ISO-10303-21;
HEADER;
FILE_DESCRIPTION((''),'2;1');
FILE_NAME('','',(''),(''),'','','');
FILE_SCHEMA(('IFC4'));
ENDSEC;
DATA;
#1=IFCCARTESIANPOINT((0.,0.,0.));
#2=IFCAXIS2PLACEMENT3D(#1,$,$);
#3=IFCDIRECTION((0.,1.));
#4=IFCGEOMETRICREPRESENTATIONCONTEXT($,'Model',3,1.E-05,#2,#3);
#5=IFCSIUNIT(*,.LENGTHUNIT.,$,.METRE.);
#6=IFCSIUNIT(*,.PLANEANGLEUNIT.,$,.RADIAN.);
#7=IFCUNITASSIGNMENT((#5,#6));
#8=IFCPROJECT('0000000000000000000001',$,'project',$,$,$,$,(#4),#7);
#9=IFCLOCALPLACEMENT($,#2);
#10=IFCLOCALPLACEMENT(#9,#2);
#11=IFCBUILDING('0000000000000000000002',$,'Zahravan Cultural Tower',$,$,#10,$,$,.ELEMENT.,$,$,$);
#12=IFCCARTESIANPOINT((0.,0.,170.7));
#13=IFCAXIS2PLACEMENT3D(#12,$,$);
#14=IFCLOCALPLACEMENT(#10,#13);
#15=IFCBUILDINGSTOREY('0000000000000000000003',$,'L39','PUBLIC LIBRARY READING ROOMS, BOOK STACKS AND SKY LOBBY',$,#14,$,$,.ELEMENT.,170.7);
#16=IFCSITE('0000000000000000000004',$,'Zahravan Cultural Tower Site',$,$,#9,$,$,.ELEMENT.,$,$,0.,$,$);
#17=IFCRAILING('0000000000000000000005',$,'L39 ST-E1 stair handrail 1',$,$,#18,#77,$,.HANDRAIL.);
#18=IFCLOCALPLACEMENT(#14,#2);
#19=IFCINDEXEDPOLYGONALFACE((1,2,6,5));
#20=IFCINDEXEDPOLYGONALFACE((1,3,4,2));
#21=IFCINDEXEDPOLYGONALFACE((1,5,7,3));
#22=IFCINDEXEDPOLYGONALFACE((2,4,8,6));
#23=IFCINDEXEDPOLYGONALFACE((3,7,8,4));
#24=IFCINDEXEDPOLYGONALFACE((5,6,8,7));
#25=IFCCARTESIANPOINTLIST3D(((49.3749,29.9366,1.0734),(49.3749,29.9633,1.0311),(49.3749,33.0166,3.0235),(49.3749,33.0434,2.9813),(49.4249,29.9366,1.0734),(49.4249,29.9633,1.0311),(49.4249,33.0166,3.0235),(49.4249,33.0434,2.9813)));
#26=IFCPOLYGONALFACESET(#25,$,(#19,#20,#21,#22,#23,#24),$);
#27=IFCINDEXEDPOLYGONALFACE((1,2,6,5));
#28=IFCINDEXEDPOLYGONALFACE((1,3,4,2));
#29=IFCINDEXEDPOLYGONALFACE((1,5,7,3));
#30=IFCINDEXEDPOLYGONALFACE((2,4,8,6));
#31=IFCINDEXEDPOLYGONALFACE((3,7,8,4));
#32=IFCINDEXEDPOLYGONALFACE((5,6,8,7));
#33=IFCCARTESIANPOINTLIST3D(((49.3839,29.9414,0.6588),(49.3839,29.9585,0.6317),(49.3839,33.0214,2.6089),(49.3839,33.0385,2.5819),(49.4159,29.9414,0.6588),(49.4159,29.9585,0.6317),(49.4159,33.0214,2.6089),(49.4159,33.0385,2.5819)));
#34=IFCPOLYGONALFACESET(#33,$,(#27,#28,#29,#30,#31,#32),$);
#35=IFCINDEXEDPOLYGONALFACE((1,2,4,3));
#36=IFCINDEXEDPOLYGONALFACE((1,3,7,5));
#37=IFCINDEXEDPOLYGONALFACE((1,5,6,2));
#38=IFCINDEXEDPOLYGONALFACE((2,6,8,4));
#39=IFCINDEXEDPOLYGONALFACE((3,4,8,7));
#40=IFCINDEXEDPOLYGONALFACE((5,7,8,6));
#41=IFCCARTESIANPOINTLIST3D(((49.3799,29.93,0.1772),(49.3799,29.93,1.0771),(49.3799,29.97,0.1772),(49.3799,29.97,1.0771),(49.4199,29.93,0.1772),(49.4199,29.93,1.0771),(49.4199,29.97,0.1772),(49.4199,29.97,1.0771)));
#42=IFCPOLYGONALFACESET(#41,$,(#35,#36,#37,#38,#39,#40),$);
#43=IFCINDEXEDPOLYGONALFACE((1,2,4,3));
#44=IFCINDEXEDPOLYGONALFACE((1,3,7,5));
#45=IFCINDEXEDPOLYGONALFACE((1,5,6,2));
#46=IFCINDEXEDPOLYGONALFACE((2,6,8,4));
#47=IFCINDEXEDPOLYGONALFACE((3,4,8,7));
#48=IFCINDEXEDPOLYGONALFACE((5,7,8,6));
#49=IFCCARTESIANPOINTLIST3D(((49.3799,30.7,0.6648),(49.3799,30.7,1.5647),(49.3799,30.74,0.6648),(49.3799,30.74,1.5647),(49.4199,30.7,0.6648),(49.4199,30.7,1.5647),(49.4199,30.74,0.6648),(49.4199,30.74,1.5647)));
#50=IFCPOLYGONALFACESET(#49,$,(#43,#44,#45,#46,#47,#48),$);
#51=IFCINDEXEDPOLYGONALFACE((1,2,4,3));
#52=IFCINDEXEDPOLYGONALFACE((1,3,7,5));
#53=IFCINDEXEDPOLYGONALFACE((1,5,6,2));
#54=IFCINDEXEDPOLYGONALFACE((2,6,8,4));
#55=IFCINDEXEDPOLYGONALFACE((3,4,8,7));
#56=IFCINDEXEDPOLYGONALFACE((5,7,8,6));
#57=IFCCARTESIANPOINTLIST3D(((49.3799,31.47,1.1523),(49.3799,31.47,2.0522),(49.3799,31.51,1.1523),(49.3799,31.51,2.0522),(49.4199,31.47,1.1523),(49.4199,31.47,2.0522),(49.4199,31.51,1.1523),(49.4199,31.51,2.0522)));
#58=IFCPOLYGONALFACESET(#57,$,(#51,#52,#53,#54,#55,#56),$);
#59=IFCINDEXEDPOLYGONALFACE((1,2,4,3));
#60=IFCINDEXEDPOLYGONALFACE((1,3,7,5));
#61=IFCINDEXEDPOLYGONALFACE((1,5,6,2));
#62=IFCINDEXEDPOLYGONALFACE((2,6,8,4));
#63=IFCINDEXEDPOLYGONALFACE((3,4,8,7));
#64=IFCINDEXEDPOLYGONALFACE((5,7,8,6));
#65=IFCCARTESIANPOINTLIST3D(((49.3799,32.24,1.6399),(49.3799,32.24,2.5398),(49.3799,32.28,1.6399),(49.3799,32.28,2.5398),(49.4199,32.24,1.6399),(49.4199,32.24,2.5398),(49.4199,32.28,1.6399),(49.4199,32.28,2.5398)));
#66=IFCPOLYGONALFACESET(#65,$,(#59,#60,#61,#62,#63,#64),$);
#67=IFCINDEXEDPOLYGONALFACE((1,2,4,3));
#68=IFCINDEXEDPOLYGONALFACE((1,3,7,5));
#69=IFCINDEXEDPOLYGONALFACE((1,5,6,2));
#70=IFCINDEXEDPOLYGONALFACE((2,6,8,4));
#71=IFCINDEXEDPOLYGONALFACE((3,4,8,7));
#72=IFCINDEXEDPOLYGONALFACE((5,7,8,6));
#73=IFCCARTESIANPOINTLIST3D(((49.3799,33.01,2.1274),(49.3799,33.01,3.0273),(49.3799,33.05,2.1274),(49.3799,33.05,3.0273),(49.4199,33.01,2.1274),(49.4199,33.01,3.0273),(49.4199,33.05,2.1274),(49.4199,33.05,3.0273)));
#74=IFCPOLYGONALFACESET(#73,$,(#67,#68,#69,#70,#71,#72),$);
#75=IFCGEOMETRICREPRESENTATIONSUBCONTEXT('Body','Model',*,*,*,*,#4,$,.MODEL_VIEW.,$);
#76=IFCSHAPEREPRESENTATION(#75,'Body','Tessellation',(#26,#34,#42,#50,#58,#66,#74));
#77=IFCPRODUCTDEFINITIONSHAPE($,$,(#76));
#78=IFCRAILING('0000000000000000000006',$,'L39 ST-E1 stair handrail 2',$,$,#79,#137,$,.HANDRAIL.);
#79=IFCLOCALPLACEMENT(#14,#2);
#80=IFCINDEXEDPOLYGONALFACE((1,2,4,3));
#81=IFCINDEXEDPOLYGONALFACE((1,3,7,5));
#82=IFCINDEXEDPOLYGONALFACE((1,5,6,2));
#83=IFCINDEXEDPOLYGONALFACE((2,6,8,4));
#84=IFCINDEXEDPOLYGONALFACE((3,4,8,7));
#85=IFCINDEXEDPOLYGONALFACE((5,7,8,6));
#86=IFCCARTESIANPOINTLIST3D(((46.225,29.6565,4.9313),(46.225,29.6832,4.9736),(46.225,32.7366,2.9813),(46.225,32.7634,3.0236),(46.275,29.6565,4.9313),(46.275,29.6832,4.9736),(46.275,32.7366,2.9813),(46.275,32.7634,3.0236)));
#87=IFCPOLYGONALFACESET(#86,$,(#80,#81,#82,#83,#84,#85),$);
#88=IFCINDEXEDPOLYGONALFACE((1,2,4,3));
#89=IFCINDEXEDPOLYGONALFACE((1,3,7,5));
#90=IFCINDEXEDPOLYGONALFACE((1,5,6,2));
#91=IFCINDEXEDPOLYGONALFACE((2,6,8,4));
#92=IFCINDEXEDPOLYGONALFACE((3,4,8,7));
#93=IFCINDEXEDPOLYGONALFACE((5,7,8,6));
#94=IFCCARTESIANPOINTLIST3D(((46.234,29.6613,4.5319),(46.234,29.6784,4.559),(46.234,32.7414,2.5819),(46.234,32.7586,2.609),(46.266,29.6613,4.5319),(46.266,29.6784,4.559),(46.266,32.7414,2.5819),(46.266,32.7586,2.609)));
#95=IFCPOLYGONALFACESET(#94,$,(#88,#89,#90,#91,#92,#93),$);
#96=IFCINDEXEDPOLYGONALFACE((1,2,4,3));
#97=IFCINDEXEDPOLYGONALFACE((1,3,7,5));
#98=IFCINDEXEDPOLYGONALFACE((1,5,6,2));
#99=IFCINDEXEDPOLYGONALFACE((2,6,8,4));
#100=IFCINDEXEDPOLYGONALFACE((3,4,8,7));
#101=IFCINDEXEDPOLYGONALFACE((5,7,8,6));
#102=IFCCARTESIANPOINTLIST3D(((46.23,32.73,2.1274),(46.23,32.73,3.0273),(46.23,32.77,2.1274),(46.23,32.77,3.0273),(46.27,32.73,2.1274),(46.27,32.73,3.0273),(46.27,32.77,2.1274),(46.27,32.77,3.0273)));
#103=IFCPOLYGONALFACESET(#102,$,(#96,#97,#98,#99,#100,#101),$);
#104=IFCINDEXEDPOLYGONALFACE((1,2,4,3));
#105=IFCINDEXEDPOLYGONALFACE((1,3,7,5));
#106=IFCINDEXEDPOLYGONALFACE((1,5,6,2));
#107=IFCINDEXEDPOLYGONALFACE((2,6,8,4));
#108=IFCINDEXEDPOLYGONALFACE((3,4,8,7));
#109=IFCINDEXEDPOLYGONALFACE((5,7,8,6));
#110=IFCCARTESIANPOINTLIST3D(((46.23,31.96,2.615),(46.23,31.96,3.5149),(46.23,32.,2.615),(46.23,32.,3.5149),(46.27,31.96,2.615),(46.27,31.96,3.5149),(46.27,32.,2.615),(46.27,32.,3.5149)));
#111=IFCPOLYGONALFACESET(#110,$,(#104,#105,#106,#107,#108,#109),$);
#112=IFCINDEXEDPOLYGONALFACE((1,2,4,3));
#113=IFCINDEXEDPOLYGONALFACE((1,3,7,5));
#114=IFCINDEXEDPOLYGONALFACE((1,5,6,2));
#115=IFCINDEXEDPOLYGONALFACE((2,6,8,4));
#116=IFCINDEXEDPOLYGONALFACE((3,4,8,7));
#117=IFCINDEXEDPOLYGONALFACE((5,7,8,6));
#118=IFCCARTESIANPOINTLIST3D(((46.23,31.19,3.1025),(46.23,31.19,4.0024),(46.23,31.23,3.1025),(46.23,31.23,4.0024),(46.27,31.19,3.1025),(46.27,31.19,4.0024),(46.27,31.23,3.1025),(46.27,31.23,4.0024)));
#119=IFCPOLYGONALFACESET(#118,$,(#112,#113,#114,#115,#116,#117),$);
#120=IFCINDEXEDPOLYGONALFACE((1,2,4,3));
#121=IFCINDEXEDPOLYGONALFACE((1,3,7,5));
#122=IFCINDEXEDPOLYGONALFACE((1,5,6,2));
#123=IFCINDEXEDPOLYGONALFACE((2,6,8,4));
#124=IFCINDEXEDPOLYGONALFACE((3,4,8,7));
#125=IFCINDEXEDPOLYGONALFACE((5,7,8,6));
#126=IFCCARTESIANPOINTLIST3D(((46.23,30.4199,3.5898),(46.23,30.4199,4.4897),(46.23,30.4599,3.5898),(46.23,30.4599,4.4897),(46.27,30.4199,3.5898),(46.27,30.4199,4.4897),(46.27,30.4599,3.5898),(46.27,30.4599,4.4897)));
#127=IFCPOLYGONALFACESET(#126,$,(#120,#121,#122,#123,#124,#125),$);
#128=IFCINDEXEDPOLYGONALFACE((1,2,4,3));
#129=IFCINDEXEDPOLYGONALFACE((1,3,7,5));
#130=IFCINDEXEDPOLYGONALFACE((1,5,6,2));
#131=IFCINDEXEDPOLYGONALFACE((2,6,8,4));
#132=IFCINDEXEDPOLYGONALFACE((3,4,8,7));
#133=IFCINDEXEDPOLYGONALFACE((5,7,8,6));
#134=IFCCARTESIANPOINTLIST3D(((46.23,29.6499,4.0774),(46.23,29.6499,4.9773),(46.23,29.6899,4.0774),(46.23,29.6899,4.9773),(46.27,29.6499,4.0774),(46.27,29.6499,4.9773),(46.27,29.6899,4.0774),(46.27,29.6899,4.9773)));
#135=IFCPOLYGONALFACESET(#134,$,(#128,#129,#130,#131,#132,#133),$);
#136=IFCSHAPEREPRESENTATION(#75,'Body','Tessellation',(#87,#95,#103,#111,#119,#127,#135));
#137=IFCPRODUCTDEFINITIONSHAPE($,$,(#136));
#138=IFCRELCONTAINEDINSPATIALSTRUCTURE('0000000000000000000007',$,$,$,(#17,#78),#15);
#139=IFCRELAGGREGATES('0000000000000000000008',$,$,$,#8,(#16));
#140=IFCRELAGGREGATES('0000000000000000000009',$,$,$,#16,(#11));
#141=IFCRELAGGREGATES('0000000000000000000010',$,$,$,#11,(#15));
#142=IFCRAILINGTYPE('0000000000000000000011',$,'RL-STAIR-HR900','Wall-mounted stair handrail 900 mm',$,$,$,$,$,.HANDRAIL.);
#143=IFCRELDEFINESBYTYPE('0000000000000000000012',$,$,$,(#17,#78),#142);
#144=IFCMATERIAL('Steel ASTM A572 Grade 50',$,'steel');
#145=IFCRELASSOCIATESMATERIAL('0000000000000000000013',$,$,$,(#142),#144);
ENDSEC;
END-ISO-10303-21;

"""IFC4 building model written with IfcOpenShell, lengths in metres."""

from ifc_helpers import new_model, si_unit, direction, frame, origin, origin_2d, place, context, subcontext, project, spatial, rectangle, extrude, material, type_object, element, save


model = new_model("IFC4")

# Units and contexts
model_context = context("Model", 3, precision=1e-05, world=origin(), true_north=direction((0.0, 1.0)))
body_context = subcontext(model_context, "Body", "Model", "MODEL_VIEW")
ifc_project = project(units=[si_unit("LENGTHUNIT", "METRE"), si_unit("PLANEANGLEUNIT", "RADIAN")], contexts=[model_context])

# Site, building, storey
site_placement = place(None, origin())
site = spatial("IfcSite", under=ifc_project, at=site_placement, Name="Zahravan Cultural Tower Site", CompositionType="ELEMENT", RefElevation=0.0)
building_placement = place(site_placement, origin())
building = spatial("IfcBuilding", under=site, at=building_placement, Name="Zahravan Cultural Tower", CompositionType="ELEMENT")
storey_placement = place(building_placement, frame((0.0, 0.0, 170.7)))
storey = spatial("IfcBuildingStorey", under=building, at=storey_placement, Name="L39", Description="PUBLIC LIBRARY READING ROOMS, BOOK STACKS AND SKY LOBBY", CompositionType="ELEMENT", Elevation=170.7)

# Shared definitions
ifc_material_1 = material(Name="Steel ASTM A572 Grade 50", Category="steel")

# Railings
railing_type_1 = type_object("IfcRailingType", Name="RL-STAIR-HR900", Description="Wall-mounted stair handrail 900 mm", PredefinedType="HANDRAIL", material=ifc_material_1)
railing_1_placement = place(storey_placement, frame((49.3999, 29.95, 0.1772)))
element("IfcRailing", 1, at=railing_1_placement, inside=storey, type_object=railing_type_1, Name="L39 ST-E1 stair handrail 1", PredefinedType="HANDRAIL", context=body_context, shape_type="SweptSolid", body=[
    extrude(rectangle(XDim=0.05, YDim=0.05, at=origin_2d()), frame((0.0, 0.0, 0.875), z_axis=(0.0, 0.844884, 0.53495), x_axis=(-1.0, 0.0, 0.0)), (0.0, 0.0, 1.0), 3.6455),
    extrude(rectangle(XDim=0.032, YDim=0.032, at=origin_2d()), frame((0.0, 0.0, 0.468), z_axis=(0.0, 0.844884, 0.53495), x_axis=(-1.0, 0.0, 0.0)), (0.0, 0.0, 1.0), 3.6455),
    extrude(rectangle(XDim=0.04, YDim=0.04, at=origin_2d()), origin(), (0.0, 0.0, 1.0), 0.8999),
    extrude(rectangle(XDim=0.04, YDim=0.04, at=origin_2d()), frame((0.0, 0.77, 0.4875)), (0.0, 0.0, 1.0), 0.8999),
    extrude(rectangle(XDim=0.04, YDim=0.04, at=origin_2d()), frame((0.0, 1.54, 0.9751)), (0.0, 0.0, 1.0), 0.8999),
    extrude(rectangle(XDim=0.04, YDim=0.04, at=origin_2d()), frame((0.0, 2.3101, 1.4626)), (0.0, 0.0, 1.0), 0.8999),
    extrude(rectangle(XDim=0.04, YDim=0.04, at=origin_2d()), frame((0.0, 3.0801, 1.9502)), (0.0, 0.0, 1.0), 0.8999),
])
railing_2_placement = place(storey_placement, frame((46.25, 32.75, 2.1274)))
element("IfcRailing", 2, at=railing_2_placement, inside=storey, type_object=railing_type_1, Name="L39 ST-E1 stair handrail 2", PredefinedType="HANDRAIL", context=body_context, shape_type="SweptSolid", body=[
    extrude(rectangle(XDim=0.05, YDim=0.05, at=origin_2d()), frame((0.0, 0.0, 0.875), z_axis=(0.0, -0.844914, 0.534902), x_axis=(1.0, 0.0, 0.0)), (0.0, 0.0, 1.0), 3.6455),
    extrude(rectangle(XDim=0.032, YDim=0.032, at=origin_2d()), frame((0.0, 0.0, 0.468), z_axis=(0.0, -0.844914, 0.534902), x_axis=(1.0, 0.0, 0.0)), (0.0, 0.0, 1.0), 3.6455),
    extrude(rectangle(XDim=0.04, YDim=0.04, at=origin_2d()), origin(), (0.0, 0.0, 1.0), 0.8999),
    extrude(rectangle(XDim=0.04, YDim=0.04, at=origin_2d()), frame((0.0, -0.77, 0.4875)), (0.0, 0.0, 1.0), 0.8999),
    extrude(rectangle(XDim=0.04, YDim=0.04, at=origin_2d()), frame((0.0, -1.54, 0.9751)), (0.0, 0.0, 1.0), 0.8999),
    extrude(rectangle(XDim=0.04, YDim=0.04, at=origin_2d()), frame((0.0, -2.3101, 1.4624)), (0.0, 0.0, 1.0), 0.8999),
    extrude(rectangle(XDim=0.04, YDim=0.04, at=origin_2d()), frame((0.0, -3.0801, 1.95)), (0.0, 0.0, 1.0), 0.8999),
])

save(model, "model.ifc")
